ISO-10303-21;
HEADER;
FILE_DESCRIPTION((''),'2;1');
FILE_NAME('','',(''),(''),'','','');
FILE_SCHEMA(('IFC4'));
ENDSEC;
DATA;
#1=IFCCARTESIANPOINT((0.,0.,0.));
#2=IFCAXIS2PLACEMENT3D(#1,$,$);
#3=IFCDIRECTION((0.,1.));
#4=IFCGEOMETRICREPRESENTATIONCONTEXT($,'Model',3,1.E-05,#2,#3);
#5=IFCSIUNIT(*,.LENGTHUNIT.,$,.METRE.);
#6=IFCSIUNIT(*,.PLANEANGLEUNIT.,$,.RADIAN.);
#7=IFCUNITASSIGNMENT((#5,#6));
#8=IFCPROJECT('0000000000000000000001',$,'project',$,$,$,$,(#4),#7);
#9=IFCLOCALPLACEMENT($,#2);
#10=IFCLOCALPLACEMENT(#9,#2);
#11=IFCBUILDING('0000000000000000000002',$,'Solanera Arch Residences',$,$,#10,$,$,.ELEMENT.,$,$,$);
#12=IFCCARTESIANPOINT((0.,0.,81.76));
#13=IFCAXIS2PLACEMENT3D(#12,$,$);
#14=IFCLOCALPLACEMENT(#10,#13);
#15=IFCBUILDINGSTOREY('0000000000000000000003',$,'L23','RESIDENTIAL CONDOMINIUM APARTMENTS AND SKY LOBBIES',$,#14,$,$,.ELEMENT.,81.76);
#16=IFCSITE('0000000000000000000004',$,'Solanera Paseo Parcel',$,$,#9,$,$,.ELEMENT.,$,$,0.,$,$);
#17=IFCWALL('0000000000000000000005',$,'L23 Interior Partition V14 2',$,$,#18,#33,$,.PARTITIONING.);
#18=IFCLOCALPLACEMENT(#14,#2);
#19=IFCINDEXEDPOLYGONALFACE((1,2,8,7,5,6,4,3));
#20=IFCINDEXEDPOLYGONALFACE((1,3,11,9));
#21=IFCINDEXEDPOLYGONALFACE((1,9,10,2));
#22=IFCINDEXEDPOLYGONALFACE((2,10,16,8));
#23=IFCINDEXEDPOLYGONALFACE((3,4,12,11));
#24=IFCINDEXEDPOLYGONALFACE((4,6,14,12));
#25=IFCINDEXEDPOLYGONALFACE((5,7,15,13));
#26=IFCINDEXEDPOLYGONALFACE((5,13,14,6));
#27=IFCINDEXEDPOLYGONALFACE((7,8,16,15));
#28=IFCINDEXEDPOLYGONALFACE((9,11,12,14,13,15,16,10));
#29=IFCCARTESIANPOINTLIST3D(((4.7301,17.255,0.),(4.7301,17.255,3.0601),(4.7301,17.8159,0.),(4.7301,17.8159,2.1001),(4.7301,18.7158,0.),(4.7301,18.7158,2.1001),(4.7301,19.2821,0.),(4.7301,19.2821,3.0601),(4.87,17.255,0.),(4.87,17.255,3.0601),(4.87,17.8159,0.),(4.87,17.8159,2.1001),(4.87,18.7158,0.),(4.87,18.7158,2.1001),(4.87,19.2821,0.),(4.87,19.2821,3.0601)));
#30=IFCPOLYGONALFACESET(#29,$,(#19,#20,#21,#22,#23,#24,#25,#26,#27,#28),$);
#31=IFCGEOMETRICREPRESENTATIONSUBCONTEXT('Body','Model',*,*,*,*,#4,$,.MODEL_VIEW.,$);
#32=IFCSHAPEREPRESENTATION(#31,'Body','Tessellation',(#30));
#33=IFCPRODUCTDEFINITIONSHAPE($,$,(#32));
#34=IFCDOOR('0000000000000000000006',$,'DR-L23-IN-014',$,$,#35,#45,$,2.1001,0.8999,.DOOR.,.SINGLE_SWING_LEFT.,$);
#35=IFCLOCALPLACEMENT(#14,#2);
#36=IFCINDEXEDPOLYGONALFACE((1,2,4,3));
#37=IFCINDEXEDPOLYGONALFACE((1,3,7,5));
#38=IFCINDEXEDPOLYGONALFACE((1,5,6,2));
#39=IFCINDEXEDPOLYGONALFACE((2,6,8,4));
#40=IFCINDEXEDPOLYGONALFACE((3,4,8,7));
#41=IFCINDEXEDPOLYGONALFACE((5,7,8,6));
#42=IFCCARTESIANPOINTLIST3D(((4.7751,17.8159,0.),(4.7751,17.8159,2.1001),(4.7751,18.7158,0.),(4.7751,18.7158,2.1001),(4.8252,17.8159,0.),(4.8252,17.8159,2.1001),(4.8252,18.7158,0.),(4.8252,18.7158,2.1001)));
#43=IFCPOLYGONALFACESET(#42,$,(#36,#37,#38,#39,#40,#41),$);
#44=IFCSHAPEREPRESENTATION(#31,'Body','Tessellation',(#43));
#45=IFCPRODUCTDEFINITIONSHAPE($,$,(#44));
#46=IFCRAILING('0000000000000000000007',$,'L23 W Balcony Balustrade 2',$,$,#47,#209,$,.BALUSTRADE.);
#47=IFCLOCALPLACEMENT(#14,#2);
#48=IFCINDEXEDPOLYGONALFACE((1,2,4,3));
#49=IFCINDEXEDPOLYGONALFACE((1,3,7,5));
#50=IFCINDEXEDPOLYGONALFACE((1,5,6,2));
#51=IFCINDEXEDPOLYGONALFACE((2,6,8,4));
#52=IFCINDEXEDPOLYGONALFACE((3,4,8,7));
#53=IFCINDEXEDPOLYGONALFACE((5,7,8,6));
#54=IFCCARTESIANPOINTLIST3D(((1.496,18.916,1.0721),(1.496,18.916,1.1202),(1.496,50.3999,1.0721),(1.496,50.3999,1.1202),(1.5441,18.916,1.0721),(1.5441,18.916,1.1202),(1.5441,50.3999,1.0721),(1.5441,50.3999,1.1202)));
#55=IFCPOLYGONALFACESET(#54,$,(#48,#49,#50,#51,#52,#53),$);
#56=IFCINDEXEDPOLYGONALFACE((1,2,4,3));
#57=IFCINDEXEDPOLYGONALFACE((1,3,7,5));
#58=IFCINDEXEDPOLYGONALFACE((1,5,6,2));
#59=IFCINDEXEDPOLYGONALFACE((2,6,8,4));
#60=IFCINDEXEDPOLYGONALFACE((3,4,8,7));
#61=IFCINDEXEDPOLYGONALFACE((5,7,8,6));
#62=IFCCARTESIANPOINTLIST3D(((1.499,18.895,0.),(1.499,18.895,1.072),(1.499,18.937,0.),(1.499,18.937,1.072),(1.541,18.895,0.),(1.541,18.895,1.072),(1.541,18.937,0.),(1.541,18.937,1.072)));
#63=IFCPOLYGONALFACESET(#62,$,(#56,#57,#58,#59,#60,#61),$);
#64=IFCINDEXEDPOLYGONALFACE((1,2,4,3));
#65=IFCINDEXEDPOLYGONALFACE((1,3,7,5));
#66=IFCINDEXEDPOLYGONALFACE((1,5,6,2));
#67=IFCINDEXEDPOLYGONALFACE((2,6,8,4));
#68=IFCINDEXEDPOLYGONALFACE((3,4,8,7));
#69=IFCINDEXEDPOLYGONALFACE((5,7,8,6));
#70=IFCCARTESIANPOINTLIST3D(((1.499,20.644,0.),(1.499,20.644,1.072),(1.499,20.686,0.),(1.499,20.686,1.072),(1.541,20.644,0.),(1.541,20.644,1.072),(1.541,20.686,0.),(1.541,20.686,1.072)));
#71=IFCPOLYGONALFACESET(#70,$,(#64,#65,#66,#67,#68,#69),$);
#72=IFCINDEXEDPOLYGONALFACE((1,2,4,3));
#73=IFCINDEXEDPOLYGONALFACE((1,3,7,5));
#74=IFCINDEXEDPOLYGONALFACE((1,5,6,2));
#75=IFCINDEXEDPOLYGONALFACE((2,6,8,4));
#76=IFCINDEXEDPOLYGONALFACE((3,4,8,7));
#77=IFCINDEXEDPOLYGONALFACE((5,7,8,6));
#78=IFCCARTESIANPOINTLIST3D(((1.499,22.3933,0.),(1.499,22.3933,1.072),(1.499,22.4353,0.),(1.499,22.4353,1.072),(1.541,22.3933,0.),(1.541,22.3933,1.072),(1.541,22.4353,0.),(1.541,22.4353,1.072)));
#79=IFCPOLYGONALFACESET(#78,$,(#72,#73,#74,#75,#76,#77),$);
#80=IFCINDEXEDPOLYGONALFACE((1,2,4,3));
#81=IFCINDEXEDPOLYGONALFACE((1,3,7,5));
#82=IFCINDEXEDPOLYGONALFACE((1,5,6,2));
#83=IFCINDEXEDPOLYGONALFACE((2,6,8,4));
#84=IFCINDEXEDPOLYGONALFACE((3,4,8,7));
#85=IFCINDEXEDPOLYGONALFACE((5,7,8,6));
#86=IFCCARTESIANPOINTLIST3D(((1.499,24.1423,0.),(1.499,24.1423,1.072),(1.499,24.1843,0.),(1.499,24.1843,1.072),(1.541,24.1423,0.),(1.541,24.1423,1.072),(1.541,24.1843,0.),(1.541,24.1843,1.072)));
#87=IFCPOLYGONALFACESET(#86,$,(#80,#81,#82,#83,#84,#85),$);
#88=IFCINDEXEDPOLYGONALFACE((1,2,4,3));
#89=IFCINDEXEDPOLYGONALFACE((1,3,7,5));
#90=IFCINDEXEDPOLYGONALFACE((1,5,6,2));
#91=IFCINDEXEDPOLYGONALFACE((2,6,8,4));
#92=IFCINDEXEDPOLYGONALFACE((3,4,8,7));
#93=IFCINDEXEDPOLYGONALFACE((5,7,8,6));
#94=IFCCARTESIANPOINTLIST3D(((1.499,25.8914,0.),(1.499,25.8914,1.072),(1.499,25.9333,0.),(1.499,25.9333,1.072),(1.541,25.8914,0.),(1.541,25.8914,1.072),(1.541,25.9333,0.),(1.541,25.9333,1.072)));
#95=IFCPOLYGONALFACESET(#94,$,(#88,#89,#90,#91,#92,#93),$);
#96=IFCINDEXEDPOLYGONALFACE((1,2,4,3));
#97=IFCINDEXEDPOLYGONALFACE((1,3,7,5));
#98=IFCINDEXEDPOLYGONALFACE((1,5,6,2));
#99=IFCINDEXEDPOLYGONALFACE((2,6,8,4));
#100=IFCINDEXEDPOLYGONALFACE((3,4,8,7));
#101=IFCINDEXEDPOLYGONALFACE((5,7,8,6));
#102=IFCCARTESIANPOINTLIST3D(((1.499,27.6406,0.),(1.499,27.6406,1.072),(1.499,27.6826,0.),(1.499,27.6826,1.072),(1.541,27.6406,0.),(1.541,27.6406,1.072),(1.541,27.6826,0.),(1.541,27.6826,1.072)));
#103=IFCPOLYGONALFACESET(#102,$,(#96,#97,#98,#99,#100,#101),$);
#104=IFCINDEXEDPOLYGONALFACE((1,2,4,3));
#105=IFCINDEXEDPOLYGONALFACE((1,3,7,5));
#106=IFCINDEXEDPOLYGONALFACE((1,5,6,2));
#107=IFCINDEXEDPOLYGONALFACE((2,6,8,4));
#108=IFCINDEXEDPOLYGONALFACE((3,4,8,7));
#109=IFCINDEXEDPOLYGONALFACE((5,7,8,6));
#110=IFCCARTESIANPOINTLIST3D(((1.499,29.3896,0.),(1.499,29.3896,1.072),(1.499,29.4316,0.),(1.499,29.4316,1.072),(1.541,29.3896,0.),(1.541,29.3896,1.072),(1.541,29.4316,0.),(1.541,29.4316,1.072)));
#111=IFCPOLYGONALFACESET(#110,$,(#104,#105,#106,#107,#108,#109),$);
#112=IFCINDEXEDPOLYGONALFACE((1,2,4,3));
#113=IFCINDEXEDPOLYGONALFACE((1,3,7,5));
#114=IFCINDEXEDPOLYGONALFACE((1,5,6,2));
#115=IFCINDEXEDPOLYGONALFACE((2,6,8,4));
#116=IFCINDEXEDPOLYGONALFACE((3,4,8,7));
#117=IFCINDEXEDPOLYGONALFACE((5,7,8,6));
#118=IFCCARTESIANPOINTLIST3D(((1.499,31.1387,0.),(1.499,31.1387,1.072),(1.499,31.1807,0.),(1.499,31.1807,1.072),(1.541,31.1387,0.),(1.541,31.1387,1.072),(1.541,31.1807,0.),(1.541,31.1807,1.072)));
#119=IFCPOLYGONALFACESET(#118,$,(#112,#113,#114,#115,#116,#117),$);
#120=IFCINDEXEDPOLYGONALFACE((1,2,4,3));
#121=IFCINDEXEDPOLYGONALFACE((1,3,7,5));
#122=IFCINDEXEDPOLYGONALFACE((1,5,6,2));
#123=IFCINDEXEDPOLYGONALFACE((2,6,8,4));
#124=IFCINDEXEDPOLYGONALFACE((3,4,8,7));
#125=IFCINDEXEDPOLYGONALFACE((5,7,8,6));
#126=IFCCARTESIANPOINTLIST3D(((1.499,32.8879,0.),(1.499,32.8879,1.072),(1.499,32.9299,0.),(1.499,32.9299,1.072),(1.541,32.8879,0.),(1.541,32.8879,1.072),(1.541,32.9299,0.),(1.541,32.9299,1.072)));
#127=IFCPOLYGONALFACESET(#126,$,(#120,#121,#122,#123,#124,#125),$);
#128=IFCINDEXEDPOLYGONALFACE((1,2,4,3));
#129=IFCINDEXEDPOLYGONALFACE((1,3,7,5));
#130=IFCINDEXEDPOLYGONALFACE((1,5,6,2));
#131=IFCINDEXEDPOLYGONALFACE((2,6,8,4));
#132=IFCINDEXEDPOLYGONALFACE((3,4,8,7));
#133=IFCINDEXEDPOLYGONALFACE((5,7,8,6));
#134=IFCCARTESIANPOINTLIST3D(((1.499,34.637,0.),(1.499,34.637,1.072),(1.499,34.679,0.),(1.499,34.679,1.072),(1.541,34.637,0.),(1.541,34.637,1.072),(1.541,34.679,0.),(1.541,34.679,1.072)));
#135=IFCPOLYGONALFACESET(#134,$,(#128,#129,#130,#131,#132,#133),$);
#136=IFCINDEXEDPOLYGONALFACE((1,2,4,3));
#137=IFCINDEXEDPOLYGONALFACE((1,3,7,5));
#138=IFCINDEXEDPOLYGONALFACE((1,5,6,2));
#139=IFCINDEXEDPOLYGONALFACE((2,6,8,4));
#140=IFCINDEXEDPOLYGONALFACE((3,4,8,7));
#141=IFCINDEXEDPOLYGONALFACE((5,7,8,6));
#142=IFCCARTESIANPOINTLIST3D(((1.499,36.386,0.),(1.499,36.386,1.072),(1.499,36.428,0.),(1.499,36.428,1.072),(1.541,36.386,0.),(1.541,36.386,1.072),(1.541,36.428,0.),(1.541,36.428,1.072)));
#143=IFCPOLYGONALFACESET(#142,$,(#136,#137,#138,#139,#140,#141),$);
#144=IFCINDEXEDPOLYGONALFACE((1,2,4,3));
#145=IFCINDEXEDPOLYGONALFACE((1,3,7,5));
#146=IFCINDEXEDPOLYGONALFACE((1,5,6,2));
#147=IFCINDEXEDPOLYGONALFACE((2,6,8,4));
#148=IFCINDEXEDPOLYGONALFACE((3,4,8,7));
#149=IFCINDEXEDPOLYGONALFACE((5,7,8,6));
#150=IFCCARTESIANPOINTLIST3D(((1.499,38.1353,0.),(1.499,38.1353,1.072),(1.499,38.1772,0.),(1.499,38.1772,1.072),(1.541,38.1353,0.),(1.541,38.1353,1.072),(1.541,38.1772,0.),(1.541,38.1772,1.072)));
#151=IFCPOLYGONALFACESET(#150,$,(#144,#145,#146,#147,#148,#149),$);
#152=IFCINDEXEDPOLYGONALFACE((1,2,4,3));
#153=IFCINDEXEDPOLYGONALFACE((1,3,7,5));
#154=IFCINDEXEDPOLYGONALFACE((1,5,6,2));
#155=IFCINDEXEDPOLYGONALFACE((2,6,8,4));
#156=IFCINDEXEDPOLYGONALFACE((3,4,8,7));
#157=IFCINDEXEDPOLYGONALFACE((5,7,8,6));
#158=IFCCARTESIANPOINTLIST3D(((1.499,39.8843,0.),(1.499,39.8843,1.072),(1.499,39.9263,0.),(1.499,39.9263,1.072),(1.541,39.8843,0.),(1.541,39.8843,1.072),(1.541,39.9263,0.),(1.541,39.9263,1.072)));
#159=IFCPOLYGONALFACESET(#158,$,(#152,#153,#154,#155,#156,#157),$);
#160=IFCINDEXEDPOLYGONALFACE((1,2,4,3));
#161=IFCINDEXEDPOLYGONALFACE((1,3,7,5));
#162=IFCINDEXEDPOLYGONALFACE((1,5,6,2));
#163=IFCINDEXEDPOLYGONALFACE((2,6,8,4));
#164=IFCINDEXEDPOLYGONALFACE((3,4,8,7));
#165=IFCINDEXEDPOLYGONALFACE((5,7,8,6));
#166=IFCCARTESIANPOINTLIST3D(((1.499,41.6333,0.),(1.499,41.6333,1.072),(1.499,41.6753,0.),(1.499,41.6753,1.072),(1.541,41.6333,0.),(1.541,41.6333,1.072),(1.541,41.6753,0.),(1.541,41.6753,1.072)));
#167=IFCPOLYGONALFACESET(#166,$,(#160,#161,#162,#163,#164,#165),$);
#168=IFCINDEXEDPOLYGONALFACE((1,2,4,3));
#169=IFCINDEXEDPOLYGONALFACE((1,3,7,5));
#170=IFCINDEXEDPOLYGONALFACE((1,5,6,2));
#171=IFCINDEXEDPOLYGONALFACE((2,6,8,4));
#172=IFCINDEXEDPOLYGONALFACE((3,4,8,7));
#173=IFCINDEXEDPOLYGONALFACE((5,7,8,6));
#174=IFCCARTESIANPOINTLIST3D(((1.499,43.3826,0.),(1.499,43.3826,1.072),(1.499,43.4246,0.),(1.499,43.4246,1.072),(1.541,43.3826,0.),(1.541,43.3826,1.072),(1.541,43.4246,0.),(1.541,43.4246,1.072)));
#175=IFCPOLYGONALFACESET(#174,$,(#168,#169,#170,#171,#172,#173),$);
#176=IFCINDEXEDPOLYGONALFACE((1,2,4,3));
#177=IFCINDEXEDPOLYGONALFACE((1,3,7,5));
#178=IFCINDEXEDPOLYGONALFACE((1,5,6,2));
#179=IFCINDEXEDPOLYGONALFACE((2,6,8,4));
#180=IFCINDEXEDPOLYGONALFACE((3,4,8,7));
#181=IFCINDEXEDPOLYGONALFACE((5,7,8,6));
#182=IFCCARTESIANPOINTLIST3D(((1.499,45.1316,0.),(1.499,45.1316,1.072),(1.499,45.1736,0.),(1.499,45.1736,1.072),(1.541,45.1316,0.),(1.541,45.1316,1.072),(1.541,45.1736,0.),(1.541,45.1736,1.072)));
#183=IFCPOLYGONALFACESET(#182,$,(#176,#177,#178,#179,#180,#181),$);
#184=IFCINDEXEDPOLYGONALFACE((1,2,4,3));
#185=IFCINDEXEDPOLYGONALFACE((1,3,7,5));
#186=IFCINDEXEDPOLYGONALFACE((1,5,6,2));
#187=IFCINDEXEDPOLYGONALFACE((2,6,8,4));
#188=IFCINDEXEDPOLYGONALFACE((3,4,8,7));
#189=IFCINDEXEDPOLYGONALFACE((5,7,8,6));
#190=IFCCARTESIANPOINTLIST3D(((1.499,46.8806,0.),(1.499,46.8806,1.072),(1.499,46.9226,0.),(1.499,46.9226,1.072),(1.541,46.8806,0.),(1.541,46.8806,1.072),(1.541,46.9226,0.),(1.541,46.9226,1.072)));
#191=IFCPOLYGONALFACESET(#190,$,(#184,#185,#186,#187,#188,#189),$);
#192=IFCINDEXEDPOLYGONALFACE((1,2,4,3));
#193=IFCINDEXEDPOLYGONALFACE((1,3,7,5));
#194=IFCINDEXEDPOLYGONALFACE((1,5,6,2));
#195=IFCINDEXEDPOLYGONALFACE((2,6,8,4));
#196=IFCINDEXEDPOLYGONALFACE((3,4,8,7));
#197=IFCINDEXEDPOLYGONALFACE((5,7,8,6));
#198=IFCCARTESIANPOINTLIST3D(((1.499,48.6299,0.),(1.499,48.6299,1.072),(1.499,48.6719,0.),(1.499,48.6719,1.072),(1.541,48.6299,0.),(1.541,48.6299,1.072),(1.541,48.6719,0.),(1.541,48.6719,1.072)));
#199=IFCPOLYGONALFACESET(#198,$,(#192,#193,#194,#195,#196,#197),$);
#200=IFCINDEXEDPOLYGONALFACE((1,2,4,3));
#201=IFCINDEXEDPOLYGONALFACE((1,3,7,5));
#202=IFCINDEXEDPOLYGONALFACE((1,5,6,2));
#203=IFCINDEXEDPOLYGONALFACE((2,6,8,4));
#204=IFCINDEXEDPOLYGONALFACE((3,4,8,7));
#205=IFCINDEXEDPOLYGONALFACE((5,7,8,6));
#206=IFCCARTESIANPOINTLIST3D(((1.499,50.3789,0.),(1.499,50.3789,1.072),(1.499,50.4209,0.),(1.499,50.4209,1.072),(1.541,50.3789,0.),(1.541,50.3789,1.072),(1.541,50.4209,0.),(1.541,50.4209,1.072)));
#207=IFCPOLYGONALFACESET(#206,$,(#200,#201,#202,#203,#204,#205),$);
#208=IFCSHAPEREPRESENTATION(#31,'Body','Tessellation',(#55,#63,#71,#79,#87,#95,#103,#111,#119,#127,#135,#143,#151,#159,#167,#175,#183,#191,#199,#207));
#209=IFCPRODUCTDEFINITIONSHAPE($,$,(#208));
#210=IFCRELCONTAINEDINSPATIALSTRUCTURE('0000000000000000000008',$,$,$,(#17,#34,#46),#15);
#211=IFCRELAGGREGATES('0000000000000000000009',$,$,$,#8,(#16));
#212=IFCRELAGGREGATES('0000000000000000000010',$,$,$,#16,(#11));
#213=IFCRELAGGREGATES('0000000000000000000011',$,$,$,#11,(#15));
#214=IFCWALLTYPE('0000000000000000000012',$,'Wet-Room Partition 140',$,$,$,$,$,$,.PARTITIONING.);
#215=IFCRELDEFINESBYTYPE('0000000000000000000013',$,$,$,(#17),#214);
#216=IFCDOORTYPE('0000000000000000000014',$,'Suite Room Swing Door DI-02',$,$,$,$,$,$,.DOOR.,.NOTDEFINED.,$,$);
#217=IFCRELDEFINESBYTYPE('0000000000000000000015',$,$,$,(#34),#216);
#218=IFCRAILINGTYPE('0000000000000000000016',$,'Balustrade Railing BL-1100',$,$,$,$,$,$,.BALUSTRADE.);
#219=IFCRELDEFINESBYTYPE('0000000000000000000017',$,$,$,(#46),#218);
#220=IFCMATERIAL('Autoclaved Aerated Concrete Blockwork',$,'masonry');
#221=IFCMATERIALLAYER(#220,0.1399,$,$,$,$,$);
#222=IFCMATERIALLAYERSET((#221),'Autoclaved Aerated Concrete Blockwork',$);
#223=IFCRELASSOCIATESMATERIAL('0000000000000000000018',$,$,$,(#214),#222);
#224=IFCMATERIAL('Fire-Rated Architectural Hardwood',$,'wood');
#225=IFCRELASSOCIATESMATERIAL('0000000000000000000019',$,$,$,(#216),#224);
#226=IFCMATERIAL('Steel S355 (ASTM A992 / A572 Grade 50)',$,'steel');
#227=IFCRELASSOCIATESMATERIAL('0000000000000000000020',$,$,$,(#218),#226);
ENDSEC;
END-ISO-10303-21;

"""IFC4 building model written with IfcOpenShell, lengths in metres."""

from ifc_helpers import new_model, si_unit, direction, frame, frame_2d, origin, origin_2d, place, context, subcontext, project, spatial, rectangle, extrude, material, layer, layer_set, type_object, element, fill, save


model = new_model("IFC4")

# Units and contexts
model_context = context("Model", 3, precision=1e-05, world=origin(), true_north=direction((0.0, 1.0)))
body_context = subcontext(model_context, "Body", "Model", "MODEL_VIEW")
ifc_project = project(units=[si_unit("LENGTHUNIT", "METRE"), si_unit("PLANEANGLEUNIT", "RADIAN")], contexts=[model_context])

# Site, building, storey
site_placement = place(None, origin())
site = spatial("IfcSite", under=ifc_project, at=site_placement, Name="Solanera Paseo Parcel", CompositionType="ELEMENT", RefElevation=0.0)
building_placement = place(site_placement, origin())
building = spatial("IfcBuilding", under=site, at=building_placement, Name="Solanera Arch Residences", CompositionType="ELEMENT")
storey_placement = place(building_placement, frame((0.0, 0.0, 81.76)))
storey = spatial("IfcBuildingStorey", under=building, at=storey_placement, Name="L23", Description="RESIDENTIAL CONDOMINIUM APARTMENTS AND SKY LOBBIES", CompositionType="ELEMENT", Elevation=81.76)

# Shared definitions
ifc_material_1 = material(Name="Autoclaved Aerated Concrete Blockwork", Category="masonry")
ifc_layer_1 = layer(ifc_material_1, 0.1399)
ifc_layer_set_1 = layer_set([ifc_layer_1], Name="Autoclaved Aerated Concrete Blockwork")
wall_type_1 = type_object("IfcWallType", Name="Wet-Room Partition 140", PredefinedType="PARTITIONING", material=ifc_layer_set_1)

# Wall, opening, door
wall_1_placement = place(storey_placement, frame((4.8, 17.2549, 0.0), z_axis=(0.0, 0.0, 1.0), x_axis=(0.0, 1.0, 0.0)))
wall_1 = element("IfcWall", 1, at=wall_1_placement, inside=storey, type_object=wall_type_1, Name="L23 Interior Partition V14 2", PredefinedType="PARTITIONING", context=body_context, shape_type="SweptSolid", body=[
    extrude(rectangle(XDim=2.0271, YDim=0.1399, at=frame_2d((1.0137, 0.0))), origin(), (0.0, 0.0, 1.0), 3.0601),
])
opening_1_placement = place(wall_1_placement, frame((0.561, 0.0, 0.0)))
opening_1 = element("IfcOpeningElement", 2, at=opening_1_placement, cuts=wall_1, PredefinedType="OPENING", context=body_context, shape_type="SweptSolid", body=[
    extrude(rectangle(XDim=0.8999, YDim=2.1001, at=frame_2d((0.45, 1.05))), frame((0.0, 0.0798, 0.0), z_axis=(0.0, -1.0, 0.0), x_axis=(1.0, 0.0, 0.0)), (0.0, 0.0, 1.0), 0.1599),
])
ifc_material_2 = material(Name="Fire-Rated Architectural Hardwood", Category="wood")
door_type_1 = type_object("IfcDoorType", Name="Suite Room Swing Door DI-02", OperationType="NOTDEFINED", PredefinedType="DOOR", material=ifc_material_2)
door_1_placement = place(opening_1_placement, origin())
door_1 = element("IfcDoor", 3, at=door_1_placement, inside=storey, type_object=door_type_1, Name="DR-L23-IN-014", OperationType="SINGLE_SWING_LEFT", OverallHeight=2.1001, OverallWidth=0.8999, PredefinedType="DOOR", context=body_context, shape_type="SweptSolid", body=[
    extrude(rectangle(XDim=0.8999, YDim=2.1001, at=frame_2d((0.45, 1.05))), frame((0.0, 0.0249, 0.0), z_axis=(0.0, -1.0, 0.0), x_axis=(1.0, 0.0, 0.0)), (0.0, 0.0, 1.0), 0.05),
])
fill(opening_1, door_1)

# Railing
ifc_material_3 = material(Name="Steel S355 (ASTM A992 / A572 Grade 50)", Category="steel")
railing_type = type_object("IfcRailingType", Name="Balustrade Railing BL-1100", PredefinedType="BALUSTRADE", material=ifc_material_3)
railing_placement = place(storey_placement, frame((1.52, 18.916, 0.0)))
element("IfcRailing", 4, at=railing_placement, inside=storey, type_object=railing_type, Name="L23 W Balcony Balustrade 2", PredefinedType="BALUSTRADE", context=body_context, shape_type="SweptSolid", body=[
    extrude(rectangle(XDim=0.0481, YDim=0.0481, at=origin_2d()), frame((0.0, 0.0, 1.0962), z_axis=(0.0, 1.0, 0.0), x_axis=(-1.0, 0.0, 0.0)), (0.0, 0.0, 1.0), 31.4839),
    extrude(rectangle(XDim=0.042, YDim=0.042, at=origin_2d()), origin(), (0.0, 0.0, 1.0), 1.072),
    extrude(rectangle(XDim=0.042, YDim=0.042, at=origin_2d()), frame((0.0, 1.749, 0.0)), (0.0, 0.0, 1.0), 1.072),
    extrude(rectangle(XDim=0.042, YDim=0.042, at=origin_2d()), frame((0.0, 3.4983, 0.0)), (0.0, 0.0, 1.0), 1.072),
    extrude(rectangle(XDim=0.042, YDim=0.042, at=origin_2d()), frame((0.0, 5.2473, 0.0)), (0.0, 0.0, 1.0), 1.072),
    extrude(rectangle(XDim=0.042, YDim=0.042, at=origin_2d()), frame((0.0, 6.9963, 0.0)), (0.0, 0.0, 1.0), 1.072),
    extrude(rectangle(XDim=0.042, YDim=0.042, at=origin_2d()), frame((0.0, 8.7456, 0.0)), (0.0, 0.0, 1.0), 1.072),
    extrude(rectangle(XDim=0.042, YDim=0.042, at=origin_2d()), frame((0.0, 10.4946, 0.0)), (0.0, 0.0, 1.0), 1.072),
    extrude(rectangle(XDim=0.042, YDim=0.042, at=origin_2d()), frame((0.0, 12.2437, 0.0)), (0.0, 0.0, 1.0), 1.072),
    extrude(rectangle(XDim=0.042, YDim=0.042, at=origin_2d()), frame((0.0, 13.9929, 0.0)), (0.0, 0.0, 1.0), 1.072),
    extrude(rectangle(XDim=0.042, YDim=0.042, at=origin_2d()), frame((0.0, 15.7419, 0.0)), (0.0, 0.0, 1.0), 1.072),
    extrude(rectangle(XDim=0.042, YDim=0.042, at=origin_2d()), frame((0.0, 17.491, 0.0)), (0.0, 0.0, 1.0), 1.072),
    extrude(rectangle(XDim=0.042, YDim=0.042, at=origin_2d()), frame((0.0, 19.2402, 0.0)), (0.0, 0.0, 1.0), 1.072),
    extrude(rectangle(XDim=0.042, YDim=0.042, at=origin_2d()), frame((0.0, 20.9893, 0.0)), (0.0, 0.0, 1.0), 1.072),
    extrude(rectangle(XDim=0.042, YDim=0.042, at=origin_2d()), frame((0.0, 22.7383, 0.0)), (0.0, 0.0, 1.0), 1.072),
    extrude(rectangle(XDim=0.042, YDim=0.042, at=origin_2d()), frame((0.0, 24.4875, 0.0)), (0.0, 0.0, 1.0), 1.072),
    extrude(rectangle(XDim=0.042, YDim=0.042, at=origin_2d()), frame((0.0, 26.2366, 0.0)), (0.0, 0.0, 1.0), 1.072),
    extrude(rectangle(XDim=0.042, YDim=0.042, at=origin_2d()), frame((0.0, 27.9856, 0.0)), (0.0, 0.0, 1.0), 1.072),
    extrude(rectangle(XDim=0.042, YDim=0.042, at=origin_2d()), frame((0.0, 29.7349, 0.0)), (0.0, 0.0, 1.0), 1.072),
    extrude(rectangle(XDim=0.042, YDim=0.042, at=origin_2d()), frame((0.0, 31.4839, 0.0)), (0.0, 0.0, 1.0), 1.072),
])

save(model, "model.ifc")
